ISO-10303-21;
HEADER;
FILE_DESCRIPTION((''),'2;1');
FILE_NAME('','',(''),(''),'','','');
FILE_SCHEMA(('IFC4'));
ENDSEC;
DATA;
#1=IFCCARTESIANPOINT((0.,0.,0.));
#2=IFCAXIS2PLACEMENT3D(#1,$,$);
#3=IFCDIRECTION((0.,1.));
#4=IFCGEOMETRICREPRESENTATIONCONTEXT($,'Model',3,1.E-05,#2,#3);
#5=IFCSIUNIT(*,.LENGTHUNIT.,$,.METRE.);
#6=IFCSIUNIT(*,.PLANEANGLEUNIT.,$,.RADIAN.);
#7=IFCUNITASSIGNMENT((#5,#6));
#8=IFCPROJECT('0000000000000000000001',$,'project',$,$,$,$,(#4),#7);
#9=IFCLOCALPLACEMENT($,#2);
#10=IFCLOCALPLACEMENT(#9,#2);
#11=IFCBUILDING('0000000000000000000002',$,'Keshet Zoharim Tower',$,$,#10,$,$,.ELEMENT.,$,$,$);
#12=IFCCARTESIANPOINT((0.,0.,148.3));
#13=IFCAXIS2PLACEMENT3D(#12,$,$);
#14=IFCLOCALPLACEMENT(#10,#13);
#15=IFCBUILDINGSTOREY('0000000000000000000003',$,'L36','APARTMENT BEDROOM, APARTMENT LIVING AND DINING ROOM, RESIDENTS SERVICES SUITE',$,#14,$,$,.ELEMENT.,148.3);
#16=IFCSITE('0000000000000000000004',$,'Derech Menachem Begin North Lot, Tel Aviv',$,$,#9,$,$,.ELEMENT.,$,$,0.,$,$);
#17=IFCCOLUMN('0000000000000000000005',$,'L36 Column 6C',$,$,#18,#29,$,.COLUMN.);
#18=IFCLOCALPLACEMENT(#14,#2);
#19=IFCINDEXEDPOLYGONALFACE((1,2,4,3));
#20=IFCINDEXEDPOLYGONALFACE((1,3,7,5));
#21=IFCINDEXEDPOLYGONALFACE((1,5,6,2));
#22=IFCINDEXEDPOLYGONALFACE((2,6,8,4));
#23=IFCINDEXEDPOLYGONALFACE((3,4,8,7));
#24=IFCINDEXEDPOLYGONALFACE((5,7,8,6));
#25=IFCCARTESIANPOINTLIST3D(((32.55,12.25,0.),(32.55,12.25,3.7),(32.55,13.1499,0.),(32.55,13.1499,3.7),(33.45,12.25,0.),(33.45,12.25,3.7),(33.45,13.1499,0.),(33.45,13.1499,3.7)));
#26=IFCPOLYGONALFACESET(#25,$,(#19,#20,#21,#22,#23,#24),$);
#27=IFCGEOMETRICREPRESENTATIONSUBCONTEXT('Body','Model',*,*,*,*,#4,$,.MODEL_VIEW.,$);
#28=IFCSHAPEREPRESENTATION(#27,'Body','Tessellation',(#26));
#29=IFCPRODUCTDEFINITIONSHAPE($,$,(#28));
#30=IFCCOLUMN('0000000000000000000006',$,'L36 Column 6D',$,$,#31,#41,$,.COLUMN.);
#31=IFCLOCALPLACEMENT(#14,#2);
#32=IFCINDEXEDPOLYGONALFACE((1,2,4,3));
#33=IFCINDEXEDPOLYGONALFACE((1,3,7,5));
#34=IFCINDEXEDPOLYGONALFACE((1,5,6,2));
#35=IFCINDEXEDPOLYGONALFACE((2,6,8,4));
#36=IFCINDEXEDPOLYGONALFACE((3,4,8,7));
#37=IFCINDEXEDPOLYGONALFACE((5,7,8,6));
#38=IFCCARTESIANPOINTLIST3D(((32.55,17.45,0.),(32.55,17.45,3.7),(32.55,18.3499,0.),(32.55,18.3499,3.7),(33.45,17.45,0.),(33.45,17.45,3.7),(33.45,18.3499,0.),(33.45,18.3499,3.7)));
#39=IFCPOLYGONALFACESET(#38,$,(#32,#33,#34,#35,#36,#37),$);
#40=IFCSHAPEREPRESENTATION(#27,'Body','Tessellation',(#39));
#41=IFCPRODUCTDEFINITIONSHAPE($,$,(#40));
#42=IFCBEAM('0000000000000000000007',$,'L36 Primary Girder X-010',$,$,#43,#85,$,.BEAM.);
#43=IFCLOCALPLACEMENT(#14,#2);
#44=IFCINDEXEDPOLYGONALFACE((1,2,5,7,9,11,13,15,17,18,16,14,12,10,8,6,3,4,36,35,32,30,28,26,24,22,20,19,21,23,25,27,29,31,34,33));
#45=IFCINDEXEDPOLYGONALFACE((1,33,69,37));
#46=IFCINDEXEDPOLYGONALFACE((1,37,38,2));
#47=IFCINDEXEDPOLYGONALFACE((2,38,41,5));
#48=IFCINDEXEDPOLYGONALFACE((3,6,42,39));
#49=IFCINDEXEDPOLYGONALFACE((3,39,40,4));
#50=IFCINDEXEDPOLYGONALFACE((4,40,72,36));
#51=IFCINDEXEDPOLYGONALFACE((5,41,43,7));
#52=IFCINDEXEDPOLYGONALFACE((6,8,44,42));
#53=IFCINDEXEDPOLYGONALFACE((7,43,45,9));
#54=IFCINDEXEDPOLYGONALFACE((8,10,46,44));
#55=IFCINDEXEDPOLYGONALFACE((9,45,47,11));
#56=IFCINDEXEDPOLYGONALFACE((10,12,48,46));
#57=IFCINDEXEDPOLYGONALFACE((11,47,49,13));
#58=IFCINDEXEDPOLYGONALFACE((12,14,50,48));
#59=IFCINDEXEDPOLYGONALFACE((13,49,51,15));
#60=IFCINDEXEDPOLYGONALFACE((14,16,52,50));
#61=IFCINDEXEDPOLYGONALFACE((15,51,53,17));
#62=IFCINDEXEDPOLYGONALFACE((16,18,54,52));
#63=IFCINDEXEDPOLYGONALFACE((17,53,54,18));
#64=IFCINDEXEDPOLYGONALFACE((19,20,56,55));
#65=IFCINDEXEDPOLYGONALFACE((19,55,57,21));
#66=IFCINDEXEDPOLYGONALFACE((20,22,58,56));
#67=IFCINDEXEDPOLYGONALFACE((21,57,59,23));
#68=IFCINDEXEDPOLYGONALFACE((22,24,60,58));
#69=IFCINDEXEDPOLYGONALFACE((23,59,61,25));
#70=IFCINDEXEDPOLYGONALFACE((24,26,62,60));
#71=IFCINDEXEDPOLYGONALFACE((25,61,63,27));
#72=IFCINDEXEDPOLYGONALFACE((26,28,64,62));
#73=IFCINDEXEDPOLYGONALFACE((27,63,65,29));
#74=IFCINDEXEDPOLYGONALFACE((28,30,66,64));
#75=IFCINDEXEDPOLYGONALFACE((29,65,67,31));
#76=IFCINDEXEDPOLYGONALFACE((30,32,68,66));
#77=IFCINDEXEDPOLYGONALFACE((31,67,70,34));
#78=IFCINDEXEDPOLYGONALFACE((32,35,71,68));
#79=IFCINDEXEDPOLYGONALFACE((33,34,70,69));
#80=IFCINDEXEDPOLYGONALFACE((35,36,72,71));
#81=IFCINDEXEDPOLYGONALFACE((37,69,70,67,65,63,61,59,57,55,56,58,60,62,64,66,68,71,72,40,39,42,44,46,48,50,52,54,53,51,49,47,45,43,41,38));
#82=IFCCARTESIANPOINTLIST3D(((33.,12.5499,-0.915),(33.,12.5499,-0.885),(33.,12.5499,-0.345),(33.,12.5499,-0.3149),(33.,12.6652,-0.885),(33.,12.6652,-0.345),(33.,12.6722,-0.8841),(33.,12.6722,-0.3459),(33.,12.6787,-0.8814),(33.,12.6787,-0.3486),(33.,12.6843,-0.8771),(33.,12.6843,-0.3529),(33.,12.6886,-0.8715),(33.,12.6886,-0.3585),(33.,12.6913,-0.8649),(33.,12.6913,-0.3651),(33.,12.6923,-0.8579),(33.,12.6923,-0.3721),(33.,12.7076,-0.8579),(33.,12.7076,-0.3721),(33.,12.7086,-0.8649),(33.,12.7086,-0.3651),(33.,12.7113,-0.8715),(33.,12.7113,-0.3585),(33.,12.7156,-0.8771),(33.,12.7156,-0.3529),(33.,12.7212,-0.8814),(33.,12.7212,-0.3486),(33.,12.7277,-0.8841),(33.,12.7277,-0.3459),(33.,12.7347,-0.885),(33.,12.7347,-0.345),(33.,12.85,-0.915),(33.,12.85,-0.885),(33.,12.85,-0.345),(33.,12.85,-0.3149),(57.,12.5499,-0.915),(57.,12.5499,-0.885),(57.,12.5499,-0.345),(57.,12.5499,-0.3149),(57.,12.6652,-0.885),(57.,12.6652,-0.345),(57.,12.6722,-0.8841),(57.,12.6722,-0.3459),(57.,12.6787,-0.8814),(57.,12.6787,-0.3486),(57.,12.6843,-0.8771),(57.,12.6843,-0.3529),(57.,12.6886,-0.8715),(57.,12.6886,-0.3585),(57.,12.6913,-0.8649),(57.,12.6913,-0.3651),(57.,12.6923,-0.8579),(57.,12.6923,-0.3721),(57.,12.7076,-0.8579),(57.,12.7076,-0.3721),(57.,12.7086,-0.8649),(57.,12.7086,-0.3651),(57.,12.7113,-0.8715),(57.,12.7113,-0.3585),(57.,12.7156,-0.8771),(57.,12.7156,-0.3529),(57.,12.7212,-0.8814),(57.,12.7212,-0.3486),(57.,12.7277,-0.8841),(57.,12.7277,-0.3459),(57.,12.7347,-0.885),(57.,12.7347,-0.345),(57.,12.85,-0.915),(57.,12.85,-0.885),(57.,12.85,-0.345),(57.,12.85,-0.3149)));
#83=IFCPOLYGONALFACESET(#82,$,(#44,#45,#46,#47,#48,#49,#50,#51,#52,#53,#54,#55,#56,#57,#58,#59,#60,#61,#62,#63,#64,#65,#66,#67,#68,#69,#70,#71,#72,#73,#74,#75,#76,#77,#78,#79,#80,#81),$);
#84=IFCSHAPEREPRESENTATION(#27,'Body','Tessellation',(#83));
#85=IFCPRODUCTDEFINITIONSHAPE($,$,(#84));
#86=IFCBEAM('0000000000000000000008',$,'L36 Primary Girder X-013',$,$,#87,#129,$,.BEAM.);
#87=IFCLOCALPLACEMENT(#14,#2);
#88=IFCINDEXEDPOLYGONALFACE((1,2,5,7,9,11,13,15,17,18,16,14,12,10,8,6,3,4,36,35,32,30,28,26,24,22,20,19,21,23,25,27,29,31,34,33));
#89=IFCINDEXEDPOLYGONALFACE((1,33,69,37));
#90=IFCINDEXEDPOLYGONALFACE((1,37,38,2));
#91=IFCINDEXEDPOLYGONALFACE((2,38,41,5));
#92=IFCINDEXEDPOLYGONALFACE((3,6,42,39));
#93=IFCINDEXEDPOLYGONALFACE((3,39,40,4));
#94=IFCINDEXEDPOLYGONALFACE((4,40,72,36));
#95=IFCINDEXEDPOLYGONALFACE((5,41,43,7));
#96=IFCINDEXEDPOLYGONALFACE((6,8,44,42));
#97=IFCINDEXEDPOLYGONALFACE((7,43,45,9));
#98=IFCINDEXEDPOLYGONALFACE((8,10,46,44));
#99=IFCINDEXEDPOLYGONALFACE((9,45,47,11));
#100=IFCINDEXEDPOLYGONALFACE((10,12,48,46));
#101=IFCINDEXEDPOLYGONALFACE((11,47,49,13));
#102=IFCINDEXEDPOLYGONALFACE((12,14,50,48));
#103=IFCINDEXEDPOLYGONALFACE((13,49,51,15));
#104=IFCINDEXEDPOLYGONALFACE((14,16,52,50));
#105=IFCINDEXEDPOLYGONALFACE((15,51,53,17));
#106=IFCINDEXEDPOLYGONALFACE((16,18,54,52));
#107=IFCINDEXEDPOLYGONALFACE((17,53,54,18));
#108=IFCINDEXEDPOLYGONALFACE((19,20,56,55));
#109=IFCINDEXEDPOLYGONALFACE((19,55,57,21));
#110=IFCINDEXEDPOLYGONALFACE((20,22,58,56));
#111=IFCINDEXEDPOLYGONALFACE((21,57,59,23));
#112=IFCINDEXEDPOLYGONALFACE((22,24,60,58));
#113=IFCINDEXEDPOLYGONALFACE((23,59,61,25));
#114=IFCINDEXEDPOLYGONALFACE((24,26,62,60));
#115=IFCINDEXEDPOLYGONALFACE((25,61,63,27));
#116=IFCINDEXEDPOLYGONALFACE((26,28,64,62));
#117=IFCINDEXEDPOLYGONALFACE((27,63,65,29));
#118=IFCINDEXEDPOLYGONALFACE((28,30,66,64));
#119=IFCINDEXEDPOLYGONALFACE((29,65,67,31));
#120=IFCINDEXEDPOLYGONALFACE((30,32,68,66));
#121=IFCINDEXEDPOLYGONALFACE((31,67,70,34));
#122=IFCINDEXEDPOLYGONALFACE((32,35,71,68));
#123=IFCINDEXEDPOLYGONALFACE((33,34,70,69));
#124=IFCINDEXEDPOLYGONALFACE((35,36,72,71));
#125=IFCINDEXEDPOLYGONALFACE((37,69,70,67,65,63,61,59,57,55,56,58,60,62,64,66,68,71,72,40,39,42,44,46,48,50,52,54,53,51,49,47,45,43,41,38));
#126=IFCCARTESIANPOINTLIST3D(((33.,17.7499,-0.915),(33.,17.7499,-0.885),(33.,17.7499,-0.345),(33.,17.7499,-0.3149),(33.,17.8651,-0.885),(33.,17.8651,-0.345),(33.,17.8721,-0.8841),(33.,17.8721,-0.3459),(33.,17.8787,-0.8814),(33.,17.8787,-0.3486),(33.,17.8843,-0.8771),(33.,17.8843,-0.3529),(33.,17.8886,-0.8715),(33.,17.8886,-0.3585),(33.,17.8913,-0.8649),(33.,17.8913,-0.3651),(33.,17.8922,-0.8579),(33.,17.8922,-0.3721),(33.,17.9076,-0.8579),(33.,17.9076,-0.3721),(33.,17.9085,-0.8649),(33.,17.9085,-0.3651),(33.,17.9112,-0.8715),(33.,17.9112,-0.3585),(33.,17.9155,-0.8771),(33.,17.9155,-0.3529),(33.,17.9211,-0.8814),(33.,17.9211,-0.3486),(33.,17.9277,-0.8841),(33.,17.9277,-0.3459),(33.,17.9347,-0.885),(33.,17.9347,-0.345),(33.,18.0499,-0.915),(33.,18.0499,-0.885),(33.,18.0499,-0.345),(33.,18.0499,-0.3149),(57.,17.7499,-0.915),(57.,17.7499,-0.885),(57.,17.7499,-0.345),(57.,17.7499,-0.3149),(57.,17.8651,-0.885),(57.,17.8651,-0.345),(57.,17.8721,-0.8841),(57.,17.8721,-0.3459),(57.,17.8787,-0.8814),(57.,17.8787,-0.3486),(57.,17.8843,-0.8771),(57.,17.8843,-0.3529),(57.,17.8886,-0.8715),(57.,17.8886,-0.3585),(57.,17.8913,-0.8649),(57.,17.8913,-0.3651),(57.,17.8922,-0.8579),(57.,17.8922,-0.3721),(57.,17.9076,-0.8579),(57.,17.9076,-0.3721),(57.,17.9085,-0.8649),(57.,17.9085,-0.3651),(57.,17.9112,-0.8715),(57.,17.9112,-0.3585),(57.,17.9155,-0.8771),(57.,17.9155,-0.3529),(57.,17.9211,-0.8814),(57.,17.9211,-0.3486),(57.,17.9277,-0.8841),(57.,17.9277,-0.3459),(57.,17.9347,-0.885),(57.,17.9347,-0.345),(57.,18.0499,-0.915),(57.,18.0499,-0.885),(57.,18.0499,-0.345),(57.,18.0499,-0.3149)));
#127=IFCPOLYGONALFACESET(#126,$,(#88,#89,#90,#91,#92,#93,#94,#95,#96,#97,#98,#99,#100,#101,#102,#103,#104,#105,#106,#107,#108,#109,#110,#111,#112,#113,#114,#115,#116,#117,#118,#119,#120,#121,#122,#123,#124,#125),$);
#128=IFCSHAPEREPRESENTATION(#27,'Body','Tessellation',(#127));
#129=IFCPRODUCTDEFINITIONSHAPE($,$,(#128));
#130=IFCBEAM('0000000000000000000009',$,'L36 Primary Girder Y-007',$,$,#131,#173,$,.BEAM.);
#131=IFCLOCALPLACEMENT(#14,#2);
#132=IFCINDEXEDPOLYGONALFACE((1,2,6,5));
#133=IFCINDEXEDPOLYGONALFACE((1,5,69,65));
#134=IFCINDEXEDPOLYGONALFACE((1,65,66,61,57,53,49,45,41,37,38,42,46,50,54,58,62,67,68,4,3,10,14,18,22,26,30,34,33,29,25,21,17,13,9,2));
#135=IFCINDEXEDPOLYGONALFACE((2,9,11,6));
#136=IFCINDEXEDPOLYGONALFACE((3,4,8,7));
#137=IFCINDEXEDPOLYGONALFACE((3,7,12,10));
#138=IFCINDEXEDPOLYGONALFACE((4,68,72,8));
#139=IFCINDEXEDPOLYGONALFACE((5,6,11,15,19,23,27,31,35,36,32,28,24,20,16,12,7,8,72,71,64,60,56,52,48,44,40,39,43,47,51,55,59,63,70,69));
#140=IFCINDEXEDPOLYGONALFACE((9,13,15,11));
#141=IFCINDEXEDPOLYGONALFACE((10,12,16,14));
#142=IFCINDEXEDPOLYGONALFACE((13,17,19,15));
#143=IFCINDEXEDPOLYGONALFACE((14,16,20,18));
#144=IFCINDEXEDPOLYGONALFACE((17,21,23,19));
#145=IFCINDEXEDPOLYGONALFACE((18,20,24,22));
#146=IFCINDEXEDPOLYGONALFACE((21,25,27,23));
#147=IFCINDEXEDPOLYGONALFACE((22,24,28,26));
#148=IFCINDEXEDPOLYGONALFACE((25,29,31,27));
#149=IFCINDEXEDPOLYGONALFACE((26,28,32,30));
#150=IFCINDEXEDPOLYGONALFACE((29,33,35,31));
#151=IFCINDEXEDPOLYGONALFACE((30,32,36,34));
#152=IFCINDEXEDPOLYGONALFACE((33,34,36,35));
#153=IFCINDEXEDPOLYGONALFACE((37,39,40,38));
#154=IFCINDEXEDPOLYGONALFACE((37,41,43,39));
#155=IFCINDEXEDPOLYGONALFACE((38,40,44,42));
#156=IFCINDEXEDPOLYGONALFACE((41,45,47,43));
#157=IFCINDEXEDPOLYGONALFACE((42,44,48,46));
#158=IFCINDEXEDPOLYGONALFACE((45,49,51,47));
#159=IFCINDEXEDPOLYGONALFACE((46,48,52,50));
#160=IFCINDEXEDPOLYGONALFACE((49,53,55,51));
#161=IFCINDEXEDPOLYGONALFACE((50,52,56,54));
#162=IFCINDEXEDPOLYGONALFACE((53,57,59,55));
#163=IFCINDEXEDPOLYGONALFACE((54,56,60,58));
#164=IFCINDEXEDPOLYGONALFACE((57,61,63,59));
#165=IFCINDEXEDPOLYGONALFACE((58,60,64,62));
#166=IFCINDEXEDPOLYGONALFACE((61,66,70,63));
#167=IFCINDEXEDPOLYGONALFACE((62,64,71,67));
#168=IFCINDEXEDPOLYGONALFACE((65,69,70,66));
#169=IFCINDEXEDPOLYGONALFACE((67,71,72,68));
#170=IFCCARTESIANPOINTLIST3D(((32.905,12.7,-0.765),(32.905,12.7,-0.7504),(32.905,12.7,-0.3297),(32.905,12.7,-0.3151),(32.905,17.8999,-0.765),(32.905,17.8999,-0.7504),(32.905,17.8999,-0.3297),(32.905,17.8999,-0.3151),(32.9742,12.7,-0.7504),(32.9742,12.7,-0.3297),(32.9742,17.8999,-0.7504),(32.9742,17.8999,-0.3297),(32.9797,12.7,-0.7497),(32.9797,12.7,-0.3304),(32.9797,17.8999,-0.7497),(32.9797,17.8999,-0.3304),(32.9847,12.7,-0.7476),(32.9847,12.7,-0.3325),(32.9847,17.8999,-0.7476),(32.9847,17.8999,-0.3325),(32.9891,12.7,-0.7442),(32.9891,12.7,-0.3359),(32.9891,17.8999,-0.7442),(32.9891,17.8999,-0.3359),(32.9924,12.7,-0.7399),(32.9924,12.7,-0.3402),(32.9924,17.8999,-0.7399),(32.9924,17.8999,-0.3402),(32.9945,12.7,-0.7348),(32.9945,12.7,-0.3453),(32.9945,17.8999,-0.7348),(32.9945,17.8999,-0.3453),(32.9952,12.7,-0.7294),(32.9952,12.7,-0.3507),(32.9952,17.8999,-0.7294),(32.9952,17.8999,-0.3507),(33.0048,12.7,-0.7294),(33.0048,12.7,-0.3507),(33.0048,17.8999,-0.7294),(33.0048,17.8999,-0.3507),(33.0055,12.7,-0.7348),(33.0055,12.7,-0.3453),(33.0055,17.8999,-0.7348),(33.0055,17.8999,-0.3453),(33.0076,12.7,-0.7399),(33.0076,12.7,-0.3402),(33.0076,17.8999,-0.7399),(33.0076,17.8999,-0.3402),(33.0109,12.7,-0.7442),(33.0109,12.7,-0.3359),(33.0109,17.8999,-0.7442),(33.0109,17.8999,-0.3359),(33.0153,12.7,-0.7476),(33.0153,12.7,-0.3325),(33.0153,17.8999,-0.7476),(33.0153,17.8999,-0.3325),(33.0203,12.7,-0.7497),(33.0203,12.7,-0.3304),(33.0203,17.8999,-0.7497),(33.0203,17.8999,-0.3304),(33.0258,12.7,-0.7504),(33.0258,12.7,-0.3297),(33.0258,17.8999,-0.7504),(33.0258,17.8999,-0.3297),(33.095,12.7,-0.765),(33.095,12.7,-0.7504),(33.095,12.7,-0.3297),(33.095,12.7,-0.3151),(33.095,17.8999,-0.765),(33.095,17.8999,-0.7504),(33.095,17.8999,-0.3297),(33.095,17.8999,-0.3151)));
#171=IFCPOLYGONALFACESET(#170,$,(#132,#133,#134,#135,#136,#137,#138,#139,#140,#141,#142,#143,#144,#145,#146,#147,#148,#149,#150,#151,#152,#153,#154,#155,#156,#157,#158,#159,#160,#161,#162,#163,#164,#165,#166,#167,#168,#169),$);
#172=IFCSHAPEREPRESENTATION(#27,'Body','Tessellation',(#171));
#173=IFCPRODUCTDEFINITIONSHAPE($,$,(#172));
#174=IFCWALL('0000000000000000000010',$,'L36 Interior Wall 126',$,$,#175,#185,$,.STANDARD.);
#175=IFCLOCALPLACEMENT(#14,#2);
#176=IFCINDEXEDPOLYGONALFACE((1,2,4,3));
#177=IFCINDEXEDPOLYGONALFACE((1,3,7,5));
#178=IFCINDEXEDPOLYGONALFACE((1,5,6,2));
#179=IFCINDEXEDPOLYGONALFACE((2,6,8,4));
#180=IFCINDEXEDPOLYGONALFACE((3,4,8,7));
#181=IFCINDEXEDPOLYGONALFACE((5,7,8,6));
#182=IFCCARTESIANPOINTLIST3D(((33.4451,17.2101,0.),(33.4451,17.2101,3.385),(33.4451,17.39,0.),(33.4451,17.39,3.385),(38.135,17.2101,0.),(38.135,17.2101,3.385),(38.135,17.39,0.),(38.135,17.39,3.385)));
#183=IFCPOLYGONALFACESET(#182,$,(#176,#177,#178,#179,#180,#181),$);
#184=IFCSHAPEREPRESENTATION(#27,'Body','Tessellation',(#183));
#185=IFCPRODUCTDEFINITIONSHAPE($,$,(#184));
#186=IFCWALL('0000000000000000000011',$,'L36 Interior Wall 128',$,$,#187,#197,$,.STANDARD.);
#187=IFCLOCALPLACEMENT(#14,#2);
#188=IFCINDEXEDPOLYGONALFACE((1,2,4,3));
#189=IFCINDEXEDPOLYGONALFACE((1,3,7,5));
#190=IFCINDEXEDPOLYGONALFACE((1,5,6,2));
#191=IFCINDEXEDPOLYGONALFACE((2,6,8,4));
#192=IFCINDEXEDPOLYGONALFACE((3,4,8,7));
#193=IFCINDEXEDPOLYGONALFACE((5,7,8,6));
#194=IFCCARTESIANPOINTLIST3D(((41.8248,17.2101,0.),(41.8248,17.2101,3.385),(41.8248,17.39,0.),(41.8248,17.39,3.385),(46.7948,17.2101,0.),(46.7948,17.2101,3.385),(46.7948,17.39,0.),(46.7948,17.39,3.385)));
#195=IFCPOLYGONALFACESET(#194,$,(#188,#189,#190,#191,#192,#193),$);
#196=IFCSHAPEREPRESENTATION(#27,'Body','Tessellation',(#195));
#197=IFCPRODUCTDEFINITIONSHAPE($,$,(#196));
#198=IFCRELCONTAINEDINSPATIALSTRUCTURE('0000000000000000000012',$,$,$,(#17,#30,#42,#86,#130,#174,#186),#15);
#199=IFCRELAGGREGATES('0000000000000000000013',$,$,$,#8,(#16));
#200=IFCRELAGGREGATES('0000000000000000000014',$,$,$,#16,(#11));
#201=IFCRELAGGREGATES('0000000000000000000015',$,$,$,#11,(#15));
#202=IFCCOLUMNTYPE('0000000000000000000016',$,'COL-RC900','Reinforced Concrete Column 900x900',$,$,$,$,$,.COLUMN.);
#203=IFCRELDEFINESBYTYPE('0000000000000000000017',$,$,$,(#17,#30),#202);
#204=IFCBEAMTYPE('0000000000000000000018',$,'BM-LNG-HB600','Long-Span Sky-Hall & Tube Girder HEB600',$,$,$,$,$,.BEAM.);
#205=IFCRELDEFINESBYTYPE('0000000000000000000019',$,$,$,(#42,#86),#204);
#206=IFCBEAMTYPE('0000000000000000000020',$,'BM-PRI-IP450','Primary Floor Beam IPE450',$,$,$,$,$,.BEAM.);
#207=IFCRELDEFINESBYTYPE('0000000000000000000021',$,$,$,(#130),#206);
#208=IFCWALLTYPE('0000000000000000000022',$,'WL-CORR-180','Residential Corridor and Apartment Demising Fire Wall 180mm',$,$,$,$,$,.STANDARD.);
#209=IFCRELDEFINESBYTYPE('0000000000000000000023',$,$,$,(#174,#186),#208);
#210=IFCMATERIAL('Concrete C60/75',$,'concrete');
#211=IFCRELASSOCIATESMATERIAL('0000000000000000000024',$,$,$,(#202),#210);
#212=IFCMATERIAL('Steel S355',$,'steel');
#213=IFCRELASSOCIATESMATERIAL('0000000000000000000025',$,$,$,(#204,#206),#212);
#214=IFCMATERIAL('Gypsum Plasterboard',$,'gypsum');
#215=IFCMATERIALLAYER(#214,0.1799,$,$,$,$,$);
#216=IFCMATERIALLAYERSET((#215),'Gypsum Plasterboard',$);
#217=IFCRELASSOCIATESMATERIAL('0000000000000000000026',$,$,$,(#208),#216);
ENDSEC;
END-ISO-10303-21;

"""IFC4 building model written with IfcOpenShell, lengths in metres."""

from ifc_helpers import new_model, si_unit, direction, frame, frame_2d, origin, origin_2d, place, context, subcontext, project, spatial, rectangle, i_section, extrude, material, layer, layer_set, material_profile, profile_set, type_object, element, save


model = new_model("IFC4")

# Units and contexts
model_context = context("Model", 3, precision=1e-05, world=origin(), true_north=direction((0.0, 1.0)))
body_context = subcontext(model_context, "Body", "Model", "MODEL_VIEW")
ifc_project = project(units=[si_unit("LENGTHUNIT", "METRE"), si_unit("PLANEANGLEUNIT", "RADIAN")], contexts=[model_context])

# Site, building, storey
site_placement = place(None, origin())
site = spatial("IfcSite", under=ifc_project, at=site_placement, Name="Derech Menachem Begin North Lot, Tel Aviv", CompositionType="ELEMENT", RefElevation=0.0)
building_placement = place(site_placement, origin())
building = spatial("IfcBuilding", under=site, at=building_placement, Name="Keshet Zoharim Tower", CompositionType="ELEMENT")
storey_placement = place(building_placement, frame((0.0, 0.0, 148.3)))
storey = spatial("IfcBuildingStorey", under=building, at=storey_placement, Name="L36", Description="APARTMENT BEDROOM, APARTMENT LIVING AND DINING ROOM, RESIDENTS SERVICES SUITE", CompositionType="ELEMENT", Elevation=148.3)

# Columns
ifc_material_1 = material(Name="Concrete C60/75", Category="concrete")
ifc_material_profile_1 = material_profile(ifc_material_1, rectangle(XDim=0.8999, YDim=0.8999, at=origin_2d()), Name="RC900x900")
ifc_profile_set_1 = profile_set([ifc_material_profile_1], Name="Concrete C60/75")
column_type = type_object("IfcColumnType", Name="COL-RC900", Description="Reinforced Concrete Column 900x900", PredefinedType="COLUMN", material=ifc_profile_set_1)
for number, where, z_axis, x_axis, name in (
    (1, (33.0, 12.7, 0.0), (0.0, 0.0, 1.0), (1.0, 0.0, 0.0), "L36 Column 6C"),
    (2, (33.0, 17.8999, 0.0), (0.0, 0.0, 1.0), (1.0, 0.0, 0.0), "L36 Column 6D"),
):
    element("IfcColumn", number, at=place(storey_placement, frame(where, z_axis=z_axis, x_axis=x_axis)), inside=storey, type_object=column_type, Name=name, PredefinedType="COLUMN", context=body_context, shape_type="SweptSolid", body=[
        extrude(rectangle(XDim=0.8999, YDim=0.8999, at=origin_2d()), origin(), (0.0, 0.0, 1.0), 3.7),
    ])

# Beams
ifc_material_2 = material(Name="Steel S355", Category="steel")
ifc_material_profile_2 = material_profile(ifc_material_2, i_section(OverallWidth=0.3, OverallDepth=0.6001, WebThickness=0.0154, FlangeThickness=0.03, FilletRadius=0.0271, at=origin_2d()), Name="HEB600")
ifc_profile_set_2 = profile_set([ifc_material_profile_2], Name="Steel S355")
beam_type_1 = type_object("IfcBeamType", Name="BM-LNG-HB600", Description="Long-Span Sky-Hall & Tube Girder HEB600", PredefinedType="BEAM", material=ifc_profile_set_2)
for number, where, z_axis, x_axis, name in (
    (3, (33.0, 12.7, -0.615), (1.0, 0.0, 0.0), (0.0, 1.0, 0.0), "L36 Primary Girder X-010"),
    (4, (33.0, 17.8999, -0.615), (1.0, 0.0, 0.0), (0.0, 1.0, 0.0), "L36 Primary Girder X-013"),
):
    element("IfcBeam", number, at=place(storey_placement, frame(where, z_axis=z_axis, x_axis=x_axis)), inside=storey, type_object=beam_type_1, Name=name, PredefinedType="BEAM", context=body_context, shape_type="SweptSolid", body=[
        extrude(i_section(OverallWidth=0.3, OverallDepth=0.6001, WebThickness=0.0154, FlangeThickness=0.03, FilletRadius=0.0271, at=origin_2d()), origin(), (0.0, 0.0, 1.0), 24.0),
    ])
ifc_material_profile_3 = material_profile(ifc_material_2, i_section(OverallWidth=0.1899, OverallDepth=0.45, WebThickness=0.0095, FlangeThickness=0.0146, FilletRadius=0.021, at=origin_2d()), Name="IPE450")
ifc_profile_set_3 = profile_set([ifc_material_profile_3], Name="Steel S355")
beam_type_2 = type_object("IfcBeamType", Name="BM-PRI-IP450", Description="Primary Floor Beam IPE450", PredefinedType="BEAM", material=ifc_profile_set_3)
beam_placement = place(storey_placement, frame((33.0, 12.7, -0.54), z_axis=(0.0, 1.0, 0.0), x_axis=(-1.0, 0.0, 0.0)))
element("IfcBeam", 5, at=beam_placement, inside=storey, type_object=beam_type_2, Name="L36 Primary Girder Y-007", PredefinedType="BEAM", context=body_context, shape_type="SweptSolid", body=[
    extrude(i_section(OverallWidth=0.1899, OverallDepth=0.45, WebThickness=0.0095, FlangeThickness=0.0146, FilletRadius=0.021, at=origin_2d()), origin(), (0.0, 0.0, 1.0), 5.2),
])

# Shared definitions
ifc_material_3 = material(Name="Gypsum Plasterboard", Category="gypsum")
ifc_layer_1 = layer(ifc_material_3, 0.1799)
ifc_layer_set_1 = layer_set([ifc_layer_1], Name="Gypsum Plasterboard")
wall_type_1 = type_object("IfcWallType", Name="WL-CORR-180", Description="Residential Corridor and Apartment Demising Fire Wall 180mm", PredefinedType="STANDARD", material=ifc_layer_set_1)

# Wall
wall_1_placement = place(storey_placement, frame((33.4451, 17.3, 0.0), z_axis=(0.0, 0.0, 1.0), x_axis=(1.0, 0.0, 0.0)))
element("IfcWall", 6, at=wall_1_placement, inside=storey, type_object=wall_type_1, Name="L36 Interior Wall 126", PredefinedType="STANDARD", context=body_context, shape_type="SweptSolid", body=[
    extrude(rectangle(XDim=4.6899, YDim=0.1799, at=frame_2d((2.345, 0.0))), origin(), (0.0, 0.0, 1.0), 3.385),
])

# Wall
wall_2_placement = place(storey_placement, frame((41.825, 17.3, 0.0), z_axis=(0.0, 0.0, 1.0), x_axis=(1.0, 0.0, 0.0)))
element("IfcWall", 7, at=wall_2_placement, inside=storey, type_object=wall_type_1, Name="L36 Interior Wall 128", PredefinedType="STANDARD", context=body_context, shape_type="SweptSolid", body=[
    extrude(rectangle(XDim=4.97, YDim=0.1799, at=frame_2d((2.4849, 0.0))), origin(), (0.0, 0.0, 1.0), 3.385),
])

save(model, "model.ifc")
